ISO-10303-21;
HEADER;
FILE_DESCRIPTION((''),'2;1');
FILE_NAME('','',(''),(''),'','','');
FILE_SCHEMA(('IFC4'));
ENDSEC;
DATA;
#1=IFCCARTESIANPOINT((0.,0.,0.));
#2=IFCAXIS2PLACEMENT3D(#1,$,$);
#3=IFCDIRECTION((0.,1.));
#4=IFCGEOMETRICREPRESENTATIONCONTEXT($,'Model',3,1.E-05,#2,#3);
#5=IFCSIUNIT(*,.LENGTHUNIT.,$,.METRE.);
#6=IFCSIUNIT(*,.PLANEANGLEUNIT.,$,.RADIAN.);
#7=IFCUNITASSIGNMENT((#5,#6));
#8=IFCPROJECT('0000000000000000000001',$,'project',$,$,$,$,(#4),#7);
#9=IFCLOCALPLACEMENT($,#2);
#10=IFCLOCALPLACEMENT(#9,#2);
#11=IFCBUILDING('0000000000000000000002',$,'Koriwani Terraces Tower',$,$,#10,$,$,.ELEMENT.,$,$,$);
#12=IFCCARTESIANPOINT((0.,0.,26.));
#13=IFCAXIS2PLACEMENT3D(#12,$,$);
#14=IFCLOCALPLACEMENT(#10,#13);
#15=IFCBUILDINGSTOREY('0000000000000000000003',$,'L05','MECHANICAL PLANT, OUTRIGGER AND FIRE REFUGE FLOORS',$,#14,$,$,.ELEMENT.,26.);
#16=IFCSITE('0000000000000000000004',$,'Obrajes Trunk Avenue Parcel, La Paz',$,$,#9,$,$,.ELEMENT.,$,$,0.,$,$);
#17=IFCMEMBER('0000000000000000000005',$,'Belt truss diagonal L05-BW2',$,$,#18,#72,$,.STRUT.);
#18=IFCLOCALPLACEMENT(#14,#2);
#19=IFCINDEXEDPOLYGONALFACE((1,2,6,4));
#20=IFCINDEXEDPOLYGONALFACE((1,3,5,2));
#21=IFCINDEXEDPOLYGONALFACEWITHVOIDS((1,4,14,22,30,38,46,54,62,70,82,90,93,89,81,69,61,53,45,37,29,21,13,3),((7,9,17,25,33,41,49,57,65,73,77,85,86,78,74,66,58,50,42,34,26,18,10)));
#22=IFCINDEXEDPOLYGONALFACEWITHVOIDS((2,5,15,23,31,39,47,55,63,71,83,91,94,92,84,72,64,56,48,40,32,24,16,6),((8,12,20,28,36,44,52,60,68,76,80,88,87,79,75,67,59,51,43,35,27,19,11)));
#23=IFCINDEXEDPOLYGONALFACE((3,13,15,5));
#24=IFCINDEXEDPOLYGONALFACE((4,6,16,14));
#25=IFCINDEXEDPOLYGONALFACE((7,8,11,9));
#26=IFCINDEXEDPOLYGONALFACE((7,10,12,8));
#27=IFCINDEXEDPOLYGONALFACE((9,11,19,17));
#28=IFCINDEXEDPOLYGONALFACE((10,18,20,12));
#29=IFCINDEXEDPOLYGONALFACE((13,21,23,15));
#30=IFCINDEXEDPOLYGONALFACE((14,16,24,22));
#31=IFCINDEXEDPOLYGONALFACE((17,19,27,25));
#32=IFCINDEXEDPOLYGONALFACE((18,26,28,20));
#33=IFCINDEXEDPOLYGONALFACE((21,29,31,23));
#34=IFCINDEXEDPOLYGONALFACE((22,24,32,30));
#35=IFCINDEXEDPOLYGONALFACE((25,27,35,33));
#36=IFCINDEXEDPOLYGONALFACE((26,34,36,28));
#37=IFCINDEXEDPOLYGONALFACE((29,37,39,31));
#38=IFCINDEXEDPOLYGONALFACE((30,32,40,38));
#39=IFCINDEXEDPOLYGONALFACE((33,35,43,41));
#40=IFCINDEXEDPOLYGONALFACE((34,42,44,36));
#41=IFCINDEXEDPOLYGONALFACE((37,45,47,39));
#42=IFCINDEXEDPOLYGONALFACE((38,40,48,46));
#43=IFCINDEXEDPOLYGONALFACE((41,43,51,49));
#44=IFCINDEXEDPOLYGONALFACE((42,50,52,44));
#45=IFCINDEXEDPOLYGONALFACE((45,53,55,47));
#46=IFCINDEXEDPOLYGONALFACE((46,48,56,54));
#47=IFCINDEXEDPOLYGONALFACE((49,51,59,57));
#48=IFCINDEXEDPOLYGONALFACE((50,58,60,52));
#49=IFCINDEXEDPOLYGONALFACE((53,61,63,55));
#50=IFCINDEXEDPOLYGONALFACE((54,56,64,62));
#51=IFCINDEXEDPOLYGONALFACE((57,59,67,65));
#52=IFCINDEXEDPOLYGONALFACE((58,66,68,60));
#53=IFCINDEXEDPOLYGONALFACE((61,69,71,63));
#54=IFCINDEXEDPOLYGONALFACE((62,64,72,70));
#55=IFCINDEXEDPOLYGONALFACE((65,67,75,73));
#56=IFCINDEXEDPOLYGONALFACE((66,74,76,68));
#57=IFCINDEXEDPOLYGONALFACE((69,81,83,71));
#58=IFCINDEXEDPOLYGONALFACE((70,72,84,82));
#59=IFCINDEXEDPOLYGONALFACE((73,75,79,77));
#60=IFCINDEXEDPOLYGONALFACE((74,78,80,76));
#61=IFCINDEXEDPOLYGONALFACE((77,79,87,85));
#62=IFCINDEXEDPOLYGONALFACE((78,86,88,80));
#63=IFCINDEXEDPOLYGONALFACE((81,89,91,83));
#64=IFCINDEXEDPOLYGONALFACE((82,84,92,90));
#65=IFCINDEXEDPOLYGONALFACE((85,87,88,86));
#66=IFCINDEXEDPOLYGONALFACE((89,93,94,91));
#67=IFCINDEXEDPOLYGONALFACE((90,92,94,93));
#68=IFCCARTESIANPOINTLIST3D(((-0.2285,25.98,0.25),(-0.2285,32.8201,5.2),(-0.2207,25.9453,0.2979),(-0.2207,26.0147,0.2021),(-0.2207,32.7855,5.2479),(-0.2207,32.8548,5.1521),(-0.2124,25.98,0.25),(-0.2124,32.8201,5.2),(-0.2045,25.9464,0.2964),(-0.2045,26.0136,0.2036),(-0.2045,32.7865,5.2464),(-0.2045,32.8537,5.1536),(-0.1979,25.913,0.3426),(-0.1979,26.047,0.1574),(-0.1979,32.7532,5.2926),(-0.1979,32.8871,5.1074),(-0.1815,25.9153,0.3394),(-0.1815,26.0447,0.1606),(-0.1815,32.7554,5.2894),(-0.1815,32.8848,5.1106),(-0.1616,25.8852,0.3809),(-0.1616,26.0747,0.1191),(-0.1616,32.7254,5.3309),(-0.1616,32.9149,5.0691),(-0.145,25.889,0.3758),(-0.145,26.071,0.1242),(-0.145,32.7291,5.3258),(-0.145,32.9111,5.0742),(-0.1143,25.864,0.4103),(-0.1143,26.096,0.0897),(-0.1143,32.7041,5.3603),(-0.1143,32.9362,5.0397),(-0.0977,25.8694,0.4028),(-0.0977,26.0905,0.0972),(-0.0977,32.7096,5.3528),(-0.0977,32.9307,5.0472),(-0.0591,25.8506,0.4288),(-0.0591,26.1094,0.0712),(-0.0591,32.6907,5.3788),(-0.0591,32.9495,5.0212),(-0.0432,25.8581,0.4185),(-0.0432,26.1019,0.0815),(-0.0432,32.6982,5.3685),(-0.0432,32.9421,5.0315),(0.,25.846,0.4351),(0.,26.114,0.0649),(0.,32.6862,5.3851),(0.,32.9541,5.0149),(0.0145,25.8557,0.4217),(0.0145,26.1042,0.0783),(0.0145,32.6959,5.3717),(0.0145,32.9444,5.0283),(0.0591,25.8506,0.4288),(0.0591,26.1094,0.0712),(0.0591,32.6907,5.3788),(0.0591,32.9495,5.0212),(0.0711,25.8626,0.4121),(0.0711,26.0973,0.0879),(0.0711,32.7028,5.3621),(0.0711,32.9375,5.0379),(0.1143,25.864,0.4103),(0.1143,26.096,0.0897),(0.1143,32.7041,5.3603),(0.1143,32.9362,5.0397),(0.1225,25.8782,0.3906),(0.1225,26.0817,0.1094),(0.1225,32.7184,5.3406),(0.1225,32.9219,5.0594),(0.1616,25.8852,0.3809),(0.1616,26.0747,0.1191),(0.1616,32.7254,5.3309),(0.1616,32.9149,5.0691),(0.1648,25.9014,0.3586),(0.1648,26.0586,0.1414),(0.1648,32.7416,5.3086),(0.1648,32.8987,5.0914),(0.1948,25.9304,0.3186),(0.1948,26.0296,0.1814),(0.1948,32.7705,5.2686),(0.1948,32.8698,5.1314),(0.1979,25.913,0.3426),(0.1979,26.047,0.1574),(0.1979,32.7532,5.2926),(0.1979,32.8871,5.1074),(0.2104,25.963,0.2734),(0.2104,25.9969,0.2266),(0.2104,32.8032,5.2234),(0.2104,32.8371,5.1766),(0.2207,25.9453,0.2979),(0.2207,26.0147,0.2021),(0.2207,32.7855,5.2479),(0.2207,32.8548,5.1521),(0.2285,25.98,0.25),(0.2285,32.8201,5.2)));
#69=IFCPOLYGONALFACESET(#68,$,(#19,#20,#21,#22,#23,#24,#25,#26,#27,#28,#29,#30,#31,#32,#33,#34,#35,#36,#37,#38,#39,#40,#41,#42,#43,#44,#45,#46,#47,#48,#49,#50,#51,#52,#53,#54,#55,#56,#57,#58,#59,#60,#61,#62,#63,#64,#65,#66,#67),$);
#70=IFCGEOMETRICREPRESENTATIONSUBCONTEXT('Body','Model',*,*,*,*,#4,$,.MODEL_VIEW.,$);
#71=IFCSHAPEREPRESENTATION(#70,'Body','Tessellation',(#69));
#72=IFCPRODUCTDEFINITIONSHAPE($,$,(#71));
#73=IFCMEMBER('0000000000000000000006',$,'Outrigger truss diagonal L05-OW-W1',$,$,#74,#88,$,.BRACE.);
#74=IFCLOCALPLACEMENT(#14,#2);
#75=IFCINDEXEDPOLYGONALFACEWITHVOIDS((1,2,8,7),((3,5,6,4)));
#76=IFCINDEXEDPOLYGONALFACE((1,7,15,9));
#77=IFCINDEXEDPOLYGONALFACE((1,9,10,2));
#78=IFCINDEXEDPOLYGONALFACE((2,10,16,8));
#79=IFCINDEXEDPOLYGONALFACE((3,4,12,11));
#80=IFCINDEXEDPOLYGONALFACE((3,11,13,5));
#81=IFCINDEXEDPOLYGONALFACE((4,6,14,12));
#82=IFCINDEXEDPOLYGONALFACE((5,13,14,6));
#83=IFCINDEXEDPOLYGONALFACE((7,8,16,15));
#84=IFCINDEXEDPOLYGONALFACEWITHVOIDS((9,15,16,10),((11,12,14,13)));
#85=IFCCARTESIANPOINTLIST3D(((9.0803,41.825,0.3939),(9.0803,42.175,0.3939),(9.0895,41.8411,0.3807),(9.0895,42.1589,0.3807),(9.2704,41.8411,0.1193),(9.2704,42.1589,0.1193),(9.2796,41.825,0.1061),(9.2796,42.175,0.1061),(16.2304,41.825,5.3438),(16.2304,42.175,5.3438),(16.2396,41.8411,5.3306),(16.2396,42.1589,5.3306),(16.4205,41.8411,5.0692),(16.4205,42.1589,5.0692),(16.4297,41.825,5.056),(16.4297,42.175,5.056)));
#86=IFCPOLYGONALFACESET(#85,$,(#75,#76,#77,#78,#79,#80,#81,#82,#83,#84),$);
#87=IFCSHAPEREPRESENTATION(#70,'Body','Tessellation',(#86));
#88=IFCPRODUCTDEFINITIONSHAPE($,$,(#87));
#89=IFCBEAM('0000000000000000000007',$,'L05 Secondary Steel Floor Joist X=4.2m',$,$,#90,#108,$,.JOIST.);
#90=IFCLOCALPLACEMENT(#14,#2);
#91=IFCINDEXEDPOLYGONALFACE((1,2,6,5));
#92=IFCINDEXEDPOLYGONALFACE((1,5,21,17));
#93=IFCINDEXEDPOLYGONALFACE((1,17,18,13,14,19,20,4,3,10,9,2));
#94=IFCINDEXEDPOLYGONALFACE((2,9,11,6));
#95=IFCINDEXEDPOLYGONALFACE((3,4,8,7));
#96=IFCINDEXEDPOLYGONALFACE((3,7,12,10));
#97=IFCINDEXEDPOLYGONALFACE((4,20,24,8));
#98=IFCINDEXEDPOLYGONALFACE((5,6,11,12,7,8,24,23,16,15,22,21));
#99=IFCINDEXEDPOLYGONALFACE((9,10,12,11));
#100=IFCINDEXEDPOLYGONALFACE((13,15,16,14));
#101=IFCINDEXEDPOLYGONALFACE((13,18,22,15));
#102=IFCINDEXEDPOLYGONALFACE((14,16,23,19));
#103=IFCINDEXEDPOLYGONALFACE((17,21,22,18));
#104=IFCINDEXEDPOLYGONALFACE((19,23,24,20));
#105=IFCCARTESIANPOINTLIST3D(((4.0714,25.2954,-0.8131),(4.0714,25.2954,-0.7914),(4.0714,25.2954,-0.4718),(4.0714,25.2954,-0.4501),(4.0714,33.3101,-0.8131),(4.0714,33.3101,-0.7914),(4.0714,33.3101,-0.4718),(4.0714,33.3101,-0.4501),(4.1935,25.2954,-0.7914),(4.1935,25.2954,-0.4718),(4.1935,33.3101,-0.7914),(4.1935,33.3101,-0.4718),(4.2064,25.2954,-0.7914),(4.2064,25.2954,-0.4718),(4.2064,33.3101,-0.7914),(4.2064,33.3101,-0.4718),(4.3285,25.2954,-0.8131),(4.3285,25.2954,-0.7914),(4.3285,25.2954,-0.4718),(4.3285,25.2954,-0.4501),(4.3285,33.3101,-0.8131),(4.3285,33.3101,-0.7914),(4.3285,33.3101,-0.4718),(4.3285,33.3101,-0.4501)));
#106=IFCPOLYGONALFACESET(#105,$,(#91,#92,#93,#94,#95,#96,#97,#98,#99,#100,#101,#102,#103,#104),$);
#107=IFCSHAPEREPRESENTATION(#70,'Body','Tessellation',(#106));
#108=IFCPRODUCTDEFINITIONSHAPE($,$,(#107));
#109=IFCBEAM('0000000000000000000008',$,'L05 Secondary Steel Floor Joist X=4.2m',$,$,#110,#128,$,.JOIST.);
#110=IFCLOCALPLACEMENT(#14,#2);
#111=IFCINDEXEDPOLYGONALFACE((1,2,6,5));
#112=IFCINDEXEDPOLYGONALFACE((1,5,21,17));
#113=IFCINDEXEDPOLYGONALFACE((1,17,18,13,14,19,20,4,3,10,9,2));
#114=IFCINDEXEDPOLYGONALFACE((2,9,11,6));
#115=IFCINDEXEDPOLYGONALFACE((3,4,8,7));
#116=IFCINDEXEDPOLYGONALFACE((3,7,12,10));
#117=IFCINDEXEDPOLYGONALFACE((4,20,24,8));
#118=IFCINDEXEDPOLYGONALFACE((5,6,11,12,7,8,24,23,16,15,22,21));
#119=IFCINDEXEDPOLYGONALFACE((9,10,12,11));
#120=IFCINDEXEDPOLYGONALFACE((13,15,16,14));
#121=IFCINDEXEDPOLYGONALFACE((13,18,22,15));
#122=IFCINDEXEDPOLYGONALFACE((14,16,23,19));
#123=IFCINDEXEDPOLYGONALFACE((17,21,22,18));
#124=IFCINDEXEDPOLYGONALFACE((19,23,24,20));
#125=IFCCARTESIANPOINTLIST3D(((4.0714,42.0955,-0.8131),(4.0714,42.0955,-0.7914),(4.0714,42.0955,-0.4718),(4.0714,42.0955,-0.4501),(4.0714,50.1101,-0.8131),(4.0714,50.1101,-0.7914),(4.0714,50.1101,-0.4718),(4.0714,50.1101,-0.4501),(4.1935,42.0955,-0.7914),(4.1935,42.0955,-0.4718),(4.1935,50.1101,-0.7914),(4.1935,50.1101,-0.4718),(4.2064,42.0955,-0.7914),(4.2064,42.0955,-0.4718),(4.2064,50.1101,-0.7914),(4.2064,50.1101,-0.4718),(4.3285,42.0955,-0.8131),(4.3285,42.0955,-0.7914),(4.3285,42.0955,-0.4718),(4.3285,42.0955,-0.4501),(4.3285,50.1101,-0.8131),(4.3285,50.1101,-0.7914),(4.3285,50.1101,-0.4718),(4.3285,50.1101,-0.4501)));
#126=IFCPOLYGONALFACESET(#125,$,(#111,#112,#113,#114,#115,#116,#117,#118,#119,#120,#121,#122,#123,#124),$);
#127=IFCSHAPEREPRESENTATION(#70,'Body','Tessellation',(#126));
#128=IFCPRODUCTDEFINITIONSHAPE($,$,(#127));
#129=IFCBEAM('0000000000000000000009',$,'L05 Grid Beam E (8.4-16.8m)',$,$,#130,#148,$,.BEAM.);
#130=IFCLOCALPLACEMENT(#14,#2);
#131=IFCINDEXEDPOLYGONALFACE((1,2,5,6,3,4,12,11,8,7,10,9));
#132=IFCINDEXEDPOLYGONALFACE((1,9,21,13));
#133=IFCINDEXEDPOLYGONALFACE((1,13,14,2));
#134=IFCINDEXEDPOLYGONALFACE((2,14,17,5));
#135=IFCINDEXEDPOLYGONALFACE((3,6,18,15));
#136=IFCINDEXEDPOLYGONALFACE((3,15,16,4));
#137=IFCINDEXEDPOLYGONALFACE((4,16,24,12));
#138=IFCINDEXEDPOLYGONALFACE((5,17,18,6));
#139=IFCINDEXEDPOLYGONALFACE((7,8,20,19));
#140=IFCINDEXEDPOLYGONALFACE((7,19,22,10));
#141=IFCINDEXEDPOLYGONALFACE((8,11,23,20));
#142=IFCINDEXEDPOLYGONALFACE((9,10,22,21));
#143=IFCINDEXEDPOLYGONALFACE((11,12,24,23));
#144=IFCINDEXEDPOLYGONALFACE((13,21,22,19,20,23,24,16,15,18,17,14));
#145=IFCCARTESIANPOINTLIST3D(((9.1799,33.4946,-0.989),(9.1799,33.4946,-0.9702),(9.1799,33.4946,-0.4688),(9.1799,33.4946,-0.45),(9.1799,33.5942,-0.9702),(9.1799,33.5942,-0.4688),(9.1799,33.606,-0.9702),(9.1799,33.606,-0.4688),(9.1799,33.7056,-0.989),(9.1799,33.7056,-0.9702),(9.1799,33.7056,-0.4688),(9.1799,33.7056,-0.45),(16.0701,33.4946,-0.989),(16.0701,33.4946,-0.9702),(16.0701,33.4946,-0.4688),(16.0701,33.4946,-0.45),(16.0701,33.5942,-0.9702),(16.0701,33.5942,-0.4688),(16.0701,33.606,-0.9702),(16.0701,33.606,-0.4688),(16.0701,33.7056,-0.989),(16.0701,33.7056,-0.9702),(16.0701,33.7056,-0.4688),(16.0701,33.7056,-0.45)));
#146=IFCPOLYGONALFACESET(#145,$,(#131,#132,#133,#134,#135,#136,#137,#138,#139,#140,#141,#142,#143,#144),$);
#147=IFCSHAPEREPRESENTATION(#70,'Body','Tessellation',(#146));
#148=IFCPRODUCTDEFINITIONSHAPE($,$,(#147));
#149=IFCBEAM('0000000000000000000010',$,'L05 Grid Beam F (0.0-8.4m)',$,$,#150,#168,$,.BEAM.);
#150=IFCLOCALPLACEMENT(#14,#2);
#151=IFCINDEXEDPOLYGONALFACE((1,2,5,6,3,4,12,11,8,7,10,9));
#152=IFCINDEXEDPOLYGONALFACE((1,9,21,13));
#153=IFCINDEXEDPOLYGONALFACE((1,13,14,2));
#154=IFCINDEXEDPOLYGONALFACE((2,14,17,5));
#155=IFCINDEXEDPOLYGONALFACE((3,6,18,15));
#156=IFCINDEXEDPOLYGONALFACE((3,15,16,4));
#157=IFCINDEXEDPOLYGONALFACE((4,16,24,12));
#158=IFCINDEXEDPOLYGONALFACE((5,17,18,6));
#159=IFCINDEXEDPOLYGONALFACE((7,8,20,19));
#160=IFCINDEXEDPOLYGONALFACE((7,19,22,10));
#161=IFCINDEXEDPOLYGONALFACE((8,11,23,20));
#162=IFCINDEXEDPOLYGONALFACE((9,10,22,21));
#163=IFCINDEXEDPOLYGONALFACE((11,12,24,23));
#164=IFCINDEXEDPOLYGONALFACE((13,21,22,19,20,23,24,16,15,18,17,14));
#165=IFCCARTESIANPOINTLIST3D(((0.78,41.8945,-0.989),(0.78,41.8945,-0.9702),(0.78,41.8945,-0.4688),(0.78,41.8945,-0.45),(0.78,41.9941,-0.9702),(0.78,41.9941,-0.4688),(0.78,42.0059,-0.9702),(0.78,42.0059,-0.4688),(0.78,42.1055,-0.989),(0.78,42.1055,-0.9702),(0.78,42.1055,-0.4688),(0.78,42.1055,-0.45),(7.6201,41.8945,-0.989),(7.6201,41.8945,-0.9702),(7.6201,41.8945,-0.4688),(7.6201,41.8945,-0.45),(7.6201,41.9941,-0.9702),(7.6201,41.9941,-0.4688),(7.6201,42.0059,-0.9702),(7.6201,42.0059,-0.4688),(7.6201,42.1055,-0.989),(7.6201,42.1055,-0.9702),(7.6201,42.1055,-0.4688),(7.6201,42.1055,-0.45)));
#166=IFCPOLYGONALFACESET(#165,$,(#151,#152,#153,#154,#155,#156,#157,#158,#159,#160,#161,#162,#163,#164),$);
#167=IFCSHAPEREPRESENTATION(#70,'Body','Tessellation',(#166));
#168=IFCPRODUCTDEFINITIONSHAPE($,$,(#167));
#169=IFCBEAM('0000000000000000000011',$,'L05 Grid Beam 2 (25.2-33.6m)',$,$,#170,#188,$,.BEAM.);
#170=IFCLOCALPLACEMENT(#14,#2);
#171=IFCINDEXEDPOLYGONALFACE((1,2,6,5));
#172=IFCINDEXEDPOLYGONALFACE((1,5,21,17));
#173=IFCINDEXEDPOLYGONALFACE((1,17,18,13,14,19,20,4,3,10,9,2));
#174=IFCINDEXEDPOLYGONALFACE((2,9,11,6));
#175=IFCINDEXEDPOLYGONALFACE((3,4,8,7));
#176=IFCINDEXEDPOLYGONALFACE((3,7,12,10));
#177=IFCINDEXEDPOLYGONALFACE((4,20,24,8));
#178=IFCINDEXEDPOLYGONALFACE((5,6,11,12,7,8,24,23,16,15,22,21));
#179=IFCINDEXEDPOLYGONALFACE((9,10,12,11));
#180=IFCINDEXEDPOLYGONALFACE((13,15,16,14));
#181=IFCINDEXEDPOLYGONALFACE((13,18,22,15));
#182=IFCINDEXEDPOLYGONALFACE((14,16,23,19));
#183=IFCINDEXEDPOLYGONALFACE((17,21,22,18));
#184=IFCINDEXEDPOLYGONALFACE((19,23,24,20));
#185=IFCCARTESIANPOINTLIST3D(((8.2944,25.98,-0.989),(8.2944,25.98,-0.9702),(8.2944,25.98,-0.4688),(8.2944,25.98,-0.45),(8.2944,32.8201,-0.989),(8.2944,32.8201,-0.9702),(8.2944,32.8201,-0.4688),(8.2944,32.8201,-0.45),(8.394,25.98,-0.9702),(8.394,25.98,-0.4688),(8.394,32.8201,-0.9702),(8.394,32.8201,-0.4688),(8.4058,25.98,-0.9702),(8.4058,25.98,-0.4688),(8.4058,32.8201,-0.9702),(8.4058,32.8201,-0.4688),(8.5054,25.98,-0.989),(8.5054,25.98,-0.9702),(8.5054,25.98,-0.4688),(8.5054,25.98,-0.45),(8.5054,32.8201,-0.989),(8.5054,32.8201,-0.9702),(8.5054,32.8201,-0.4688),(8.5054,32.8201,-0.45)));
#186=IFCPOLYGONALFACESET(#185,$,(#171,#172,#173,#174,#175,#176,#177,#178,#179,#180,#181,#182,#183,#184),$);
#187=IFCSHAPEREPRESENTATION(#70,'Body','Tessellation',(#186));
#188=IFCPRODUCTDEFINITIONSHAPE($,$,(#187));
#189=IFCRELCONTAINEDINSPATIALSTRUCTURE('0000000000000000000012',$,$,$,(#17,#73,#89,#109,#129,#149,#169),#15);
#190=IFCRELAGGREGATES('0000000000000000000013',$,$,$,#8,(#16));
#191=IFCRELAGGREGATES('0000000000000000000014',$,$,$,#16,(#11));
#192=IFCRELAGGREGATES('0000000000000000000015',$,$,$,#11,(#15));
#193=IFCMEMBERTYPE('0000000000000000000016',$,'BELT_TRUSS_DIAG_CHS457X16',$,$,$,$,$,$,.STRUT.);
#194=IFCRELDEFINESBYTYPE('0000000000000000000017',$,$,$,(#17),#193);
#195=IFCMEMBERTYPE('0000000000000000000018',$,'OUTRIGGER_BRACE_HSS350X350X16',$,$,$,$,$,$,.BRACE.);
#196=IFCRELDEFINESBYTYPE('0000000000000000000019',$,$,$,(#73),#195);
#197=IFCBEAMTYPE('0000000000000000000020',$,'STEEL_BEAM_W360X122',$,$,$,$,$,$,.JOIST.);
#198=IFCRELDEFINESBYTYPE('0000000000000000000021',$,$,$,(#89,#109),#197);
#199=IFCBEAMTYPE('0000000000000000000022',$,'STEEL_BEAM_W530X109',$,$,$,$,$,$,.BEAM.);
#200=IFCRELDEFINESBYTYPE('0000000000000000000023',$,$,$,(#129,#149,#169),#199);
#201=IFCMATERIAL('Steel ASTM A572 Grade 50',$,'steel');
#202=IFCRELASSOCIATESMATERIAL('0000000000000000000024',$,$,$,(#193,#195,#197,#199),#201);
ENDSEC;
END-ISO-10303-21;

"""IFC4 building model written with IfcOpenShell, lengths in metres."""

from ifc_helpers import new_model, si_unit, direction, frame, origin, origin_2d, place, context, subcontext, project, spatial, hollow_rectangle, hollow_circle, i_section, extrude, material, material_profile, profile_set, type_object, element, save


model = new_model("IFC4")

# Units and contexts
model_context = context("Model", 3, precision=1e-05, world=origin(), true_north=direction((0.0, 1.0)))
body_context = subcontext(model_context, "Body", "Model", "MODEL_VIEW")
ifc_project = project(units=[si_unit("LENGTHUNIT", "METRE"), si_unit("PLANEANGLEUNIT", "RADIAN")], contexts=[model_context])

# Site, building, storey
site_placement = place(None, origin())
site = spatial("IfcSite", under=ifc_project, at=site_placement, Name="Obrajes Trunk Avenue Parcel, La Paz", CompositionType="ELEMENT", RefElevation=0.0)
building_placement = place(site_placement, origin())
building = spatial("IfcBuilding", under=site, at=building_placement, Name="Koriwani Terraces Tower", CompositionType="ELEMENT")
storey_placement = place(building_placement, frame((0.0, 0.0, 26.0)))
storey = spatial("IfcBuildingStorey", under=building, at=storey_placement, Name="L05", Description="MECHANICAL PLANT, OUTRIGGER AND FIRE REFUGE FLOORS", CompositionType="ELEMENT", Elevation=26.0)

# Members
ifc_material_1 = material(Name="Steel ASTM A572 Grade 50", Category="steel")
ifc_material_profile_1 = material_profile(ifc_material_1, hollow_circle(Radius=0.2285, WallThickness=0.0161, at=origin_2d()), Name="Steel ASTM A572 Grade 50", Category="LoadBearing")
ifc_profile_set_1 = profile_set([ifc_material_profile_1], Name="Steel ASTM A572 Grade 50")
member_type_1 = type_object("IfcMemberType", Name="BELT_TRUSS_DIAG_CHS457X16", PredefinedType="STRUT", material=ifc_profile_set_1)
member_1_placement = place(storey_placement, frame((0.0, 25.98, 0.25), z_axis=(0.0, 0.810123, 0.58626), x_axis=(-1.0, 0.0, 0.0)))
element("IfcMember", 1, at=member_1_placement, inside=storey, type_object=member_type_1, Name="Belt truss diagonal L05-BW2", PredefinedType="STRUT", context=body_context, shape_type="SweptSolid", body=[
    extrude(hollow_circle(Radius=0.2285, WallThickness=0.0161, at=origin_2d()), origin(), (0.0, 0.0, 1.0), 8.4434),
])
ifc_material_profile_2 = material_profile(ifc_material_1, hollow_rectangle(XDim=0.3501, YDim=0.3501, WallThickness=0.0161, at=origin_2d()), Name="Steel ASTM A572 Grade 50", Category="LoadBearing")
ifc_profile_set_2 = profile_set([ifc_material_profile_2], Name="Steel ASTM A572 Grade 50")
member_type_2 = type_object("IfcMemberType", Name="OUTRIGGER_BRACE_HSS350X350X16", PredefinedType="BRACE", material=ifc_profile_set_2)
member_2_placement = place(storey_placement, frame((9.1799, 42.0, 0.25), z_axis=(0.8222, 0.0, 0.569198), x_axis=(0.0, 1.0, 0.0)))
element("IfcMember", 2, at=member_2_placement, inside=storey, type_object=member_type_2, Name="Outrigger truss diagonal L05-OW-W1", PredefinedType="BRACE", context=body_context, shape_type="SweptSolid", body=[
    extrude(hollow_rectangle(XDim=0.3501, YDim=0.3501, WallThickness=0.0161, at=origin_2d()), origin(), (0.0, 0.0, 1.0), 8.6963),
])

# Beams
ifc_material_profile_3 = material_profile(ifc_material_1, i_section(OverallWidth=0.2571, OverallDepth=0.363, WebThickness=0.0129, FlangeThickness=0.0217, at=origin_2d()), Name="Steel ASTM A572 Grade 50", Category="LoadBearing")
ifc_profile_set_3 = profile_set([ifc_material_profile_3], Name="Steel ASTM A572 Grade 50")
beam_type_1 = type_object("IfcBeamType", Name="STEEL_BEAM_W360X122", PredefinedType="JOIST", material=ifc_profile_set_3)
for number, where, z_axis, x_axis, name in (
    (3, (4.2, 25.2954, -0.6316), (0.0, 1.0, 0.0), (-1.0, 0.0, 0.0), "L05 Secondary Steel Floor Joist X=4.2m"),
    (4, (4.2, 42.0955, -0.6316), (0.0, 1.0, 0.0), (-1.0, 0.0, 0.0), "L05 Secondary Steel Floor Joist X=4.2m"),
):
    element("IfcBeam", number, at=place(storey_placement, frame(where, z_axis=z_axis, x_axis=x_axis)), inside=storey, type_object=beam_type_1, Name=name, PredefinedType="JOIST", context=body_context, shape_type="SweptSolid", body=[
        extrude(i_section(OverallWidth=0.2571, OverallDepth=0.363, WebThickness=0.0129, FlangeThickness=0.0217, at=origin_2d()), origin(), (0.0, 0.0, 1.0), 8.0146),
    ])
ifc_material_profile_4 = material_profile(ifc_material_1, i_section(OverallWidth=0.2109, OverallDepth=0.5391, WebThickness=0.0117, FlangeThickness=0.0188, at=origin_2d()), Name="Steel ASTM A572 Grade 50", Category="LoadBearing")
ifc_profile_set_4 = profile_set([ifc_material_profile_4], Name="Steel ASTM A572 Grade 50")
beam_type_2 = type_object("IfcBeamType", Name="STEEL_BEAM_W530X109", PredefinedType="BEAM", material=ifc_profile_set_4)
beam_1_placement = place(storey_placement, frame((9.1799, 33.6001, -0.7195), z_axis=(1.0, 0.0, 0.0), x_axis=(0.0, 1.0, 0.0)))
element("IfcBeam", 5, at=beam_1_placement, inside=storey, type_object=beam_type_2, Name="L05 Grid Beam E (8.4-16.8m)", PredefinedType="BEAM", context=body_context, shape_type="SweptSolid", body=[
    extrude(i_section(OverallWidth=0.2109, OverallDepth=0.5391, WebThickness=0.0117, FlangeThickness=0.0188, at=origin_2d()), origin(), (0.0, 0.0, 1.0), 6.8901),
])
for number, where, z_axis, x_axis, name in (
    (6, (0.78, 42.0, -0.7195), (1.0, 0.0, 0.0), (0.0, 1.0, 0.0), "L05 Grid Beam F (0.0-8.4m)"),
    (7, (8.3999, 25.98, -0.7195), (0.0, 1.0, 0.0), (-1.0, 0.0, 0.0), "L05 Grid Beam 2 (25.2-33.6m)"),
):
    element("IfcBeam", number, at=place(storey_placement, frame(where, z_axis=z_axis, x_axis=x_axis)), inside=storey, type_object=beam_type_2, Name=name, PredefinedType="BEAM", context=body_context, shape_type="SweptSolid", body=[
        extrude(i_section(OverallWidth=0.2109, OverallDepth=0.5391, WebThickness=0.0117, FlangeThickness=0.0188, at=origin_2d()), origin(), (0.0, 0.0, 1.0), 6.8401),
    ])

save(model, "model.ifc")
